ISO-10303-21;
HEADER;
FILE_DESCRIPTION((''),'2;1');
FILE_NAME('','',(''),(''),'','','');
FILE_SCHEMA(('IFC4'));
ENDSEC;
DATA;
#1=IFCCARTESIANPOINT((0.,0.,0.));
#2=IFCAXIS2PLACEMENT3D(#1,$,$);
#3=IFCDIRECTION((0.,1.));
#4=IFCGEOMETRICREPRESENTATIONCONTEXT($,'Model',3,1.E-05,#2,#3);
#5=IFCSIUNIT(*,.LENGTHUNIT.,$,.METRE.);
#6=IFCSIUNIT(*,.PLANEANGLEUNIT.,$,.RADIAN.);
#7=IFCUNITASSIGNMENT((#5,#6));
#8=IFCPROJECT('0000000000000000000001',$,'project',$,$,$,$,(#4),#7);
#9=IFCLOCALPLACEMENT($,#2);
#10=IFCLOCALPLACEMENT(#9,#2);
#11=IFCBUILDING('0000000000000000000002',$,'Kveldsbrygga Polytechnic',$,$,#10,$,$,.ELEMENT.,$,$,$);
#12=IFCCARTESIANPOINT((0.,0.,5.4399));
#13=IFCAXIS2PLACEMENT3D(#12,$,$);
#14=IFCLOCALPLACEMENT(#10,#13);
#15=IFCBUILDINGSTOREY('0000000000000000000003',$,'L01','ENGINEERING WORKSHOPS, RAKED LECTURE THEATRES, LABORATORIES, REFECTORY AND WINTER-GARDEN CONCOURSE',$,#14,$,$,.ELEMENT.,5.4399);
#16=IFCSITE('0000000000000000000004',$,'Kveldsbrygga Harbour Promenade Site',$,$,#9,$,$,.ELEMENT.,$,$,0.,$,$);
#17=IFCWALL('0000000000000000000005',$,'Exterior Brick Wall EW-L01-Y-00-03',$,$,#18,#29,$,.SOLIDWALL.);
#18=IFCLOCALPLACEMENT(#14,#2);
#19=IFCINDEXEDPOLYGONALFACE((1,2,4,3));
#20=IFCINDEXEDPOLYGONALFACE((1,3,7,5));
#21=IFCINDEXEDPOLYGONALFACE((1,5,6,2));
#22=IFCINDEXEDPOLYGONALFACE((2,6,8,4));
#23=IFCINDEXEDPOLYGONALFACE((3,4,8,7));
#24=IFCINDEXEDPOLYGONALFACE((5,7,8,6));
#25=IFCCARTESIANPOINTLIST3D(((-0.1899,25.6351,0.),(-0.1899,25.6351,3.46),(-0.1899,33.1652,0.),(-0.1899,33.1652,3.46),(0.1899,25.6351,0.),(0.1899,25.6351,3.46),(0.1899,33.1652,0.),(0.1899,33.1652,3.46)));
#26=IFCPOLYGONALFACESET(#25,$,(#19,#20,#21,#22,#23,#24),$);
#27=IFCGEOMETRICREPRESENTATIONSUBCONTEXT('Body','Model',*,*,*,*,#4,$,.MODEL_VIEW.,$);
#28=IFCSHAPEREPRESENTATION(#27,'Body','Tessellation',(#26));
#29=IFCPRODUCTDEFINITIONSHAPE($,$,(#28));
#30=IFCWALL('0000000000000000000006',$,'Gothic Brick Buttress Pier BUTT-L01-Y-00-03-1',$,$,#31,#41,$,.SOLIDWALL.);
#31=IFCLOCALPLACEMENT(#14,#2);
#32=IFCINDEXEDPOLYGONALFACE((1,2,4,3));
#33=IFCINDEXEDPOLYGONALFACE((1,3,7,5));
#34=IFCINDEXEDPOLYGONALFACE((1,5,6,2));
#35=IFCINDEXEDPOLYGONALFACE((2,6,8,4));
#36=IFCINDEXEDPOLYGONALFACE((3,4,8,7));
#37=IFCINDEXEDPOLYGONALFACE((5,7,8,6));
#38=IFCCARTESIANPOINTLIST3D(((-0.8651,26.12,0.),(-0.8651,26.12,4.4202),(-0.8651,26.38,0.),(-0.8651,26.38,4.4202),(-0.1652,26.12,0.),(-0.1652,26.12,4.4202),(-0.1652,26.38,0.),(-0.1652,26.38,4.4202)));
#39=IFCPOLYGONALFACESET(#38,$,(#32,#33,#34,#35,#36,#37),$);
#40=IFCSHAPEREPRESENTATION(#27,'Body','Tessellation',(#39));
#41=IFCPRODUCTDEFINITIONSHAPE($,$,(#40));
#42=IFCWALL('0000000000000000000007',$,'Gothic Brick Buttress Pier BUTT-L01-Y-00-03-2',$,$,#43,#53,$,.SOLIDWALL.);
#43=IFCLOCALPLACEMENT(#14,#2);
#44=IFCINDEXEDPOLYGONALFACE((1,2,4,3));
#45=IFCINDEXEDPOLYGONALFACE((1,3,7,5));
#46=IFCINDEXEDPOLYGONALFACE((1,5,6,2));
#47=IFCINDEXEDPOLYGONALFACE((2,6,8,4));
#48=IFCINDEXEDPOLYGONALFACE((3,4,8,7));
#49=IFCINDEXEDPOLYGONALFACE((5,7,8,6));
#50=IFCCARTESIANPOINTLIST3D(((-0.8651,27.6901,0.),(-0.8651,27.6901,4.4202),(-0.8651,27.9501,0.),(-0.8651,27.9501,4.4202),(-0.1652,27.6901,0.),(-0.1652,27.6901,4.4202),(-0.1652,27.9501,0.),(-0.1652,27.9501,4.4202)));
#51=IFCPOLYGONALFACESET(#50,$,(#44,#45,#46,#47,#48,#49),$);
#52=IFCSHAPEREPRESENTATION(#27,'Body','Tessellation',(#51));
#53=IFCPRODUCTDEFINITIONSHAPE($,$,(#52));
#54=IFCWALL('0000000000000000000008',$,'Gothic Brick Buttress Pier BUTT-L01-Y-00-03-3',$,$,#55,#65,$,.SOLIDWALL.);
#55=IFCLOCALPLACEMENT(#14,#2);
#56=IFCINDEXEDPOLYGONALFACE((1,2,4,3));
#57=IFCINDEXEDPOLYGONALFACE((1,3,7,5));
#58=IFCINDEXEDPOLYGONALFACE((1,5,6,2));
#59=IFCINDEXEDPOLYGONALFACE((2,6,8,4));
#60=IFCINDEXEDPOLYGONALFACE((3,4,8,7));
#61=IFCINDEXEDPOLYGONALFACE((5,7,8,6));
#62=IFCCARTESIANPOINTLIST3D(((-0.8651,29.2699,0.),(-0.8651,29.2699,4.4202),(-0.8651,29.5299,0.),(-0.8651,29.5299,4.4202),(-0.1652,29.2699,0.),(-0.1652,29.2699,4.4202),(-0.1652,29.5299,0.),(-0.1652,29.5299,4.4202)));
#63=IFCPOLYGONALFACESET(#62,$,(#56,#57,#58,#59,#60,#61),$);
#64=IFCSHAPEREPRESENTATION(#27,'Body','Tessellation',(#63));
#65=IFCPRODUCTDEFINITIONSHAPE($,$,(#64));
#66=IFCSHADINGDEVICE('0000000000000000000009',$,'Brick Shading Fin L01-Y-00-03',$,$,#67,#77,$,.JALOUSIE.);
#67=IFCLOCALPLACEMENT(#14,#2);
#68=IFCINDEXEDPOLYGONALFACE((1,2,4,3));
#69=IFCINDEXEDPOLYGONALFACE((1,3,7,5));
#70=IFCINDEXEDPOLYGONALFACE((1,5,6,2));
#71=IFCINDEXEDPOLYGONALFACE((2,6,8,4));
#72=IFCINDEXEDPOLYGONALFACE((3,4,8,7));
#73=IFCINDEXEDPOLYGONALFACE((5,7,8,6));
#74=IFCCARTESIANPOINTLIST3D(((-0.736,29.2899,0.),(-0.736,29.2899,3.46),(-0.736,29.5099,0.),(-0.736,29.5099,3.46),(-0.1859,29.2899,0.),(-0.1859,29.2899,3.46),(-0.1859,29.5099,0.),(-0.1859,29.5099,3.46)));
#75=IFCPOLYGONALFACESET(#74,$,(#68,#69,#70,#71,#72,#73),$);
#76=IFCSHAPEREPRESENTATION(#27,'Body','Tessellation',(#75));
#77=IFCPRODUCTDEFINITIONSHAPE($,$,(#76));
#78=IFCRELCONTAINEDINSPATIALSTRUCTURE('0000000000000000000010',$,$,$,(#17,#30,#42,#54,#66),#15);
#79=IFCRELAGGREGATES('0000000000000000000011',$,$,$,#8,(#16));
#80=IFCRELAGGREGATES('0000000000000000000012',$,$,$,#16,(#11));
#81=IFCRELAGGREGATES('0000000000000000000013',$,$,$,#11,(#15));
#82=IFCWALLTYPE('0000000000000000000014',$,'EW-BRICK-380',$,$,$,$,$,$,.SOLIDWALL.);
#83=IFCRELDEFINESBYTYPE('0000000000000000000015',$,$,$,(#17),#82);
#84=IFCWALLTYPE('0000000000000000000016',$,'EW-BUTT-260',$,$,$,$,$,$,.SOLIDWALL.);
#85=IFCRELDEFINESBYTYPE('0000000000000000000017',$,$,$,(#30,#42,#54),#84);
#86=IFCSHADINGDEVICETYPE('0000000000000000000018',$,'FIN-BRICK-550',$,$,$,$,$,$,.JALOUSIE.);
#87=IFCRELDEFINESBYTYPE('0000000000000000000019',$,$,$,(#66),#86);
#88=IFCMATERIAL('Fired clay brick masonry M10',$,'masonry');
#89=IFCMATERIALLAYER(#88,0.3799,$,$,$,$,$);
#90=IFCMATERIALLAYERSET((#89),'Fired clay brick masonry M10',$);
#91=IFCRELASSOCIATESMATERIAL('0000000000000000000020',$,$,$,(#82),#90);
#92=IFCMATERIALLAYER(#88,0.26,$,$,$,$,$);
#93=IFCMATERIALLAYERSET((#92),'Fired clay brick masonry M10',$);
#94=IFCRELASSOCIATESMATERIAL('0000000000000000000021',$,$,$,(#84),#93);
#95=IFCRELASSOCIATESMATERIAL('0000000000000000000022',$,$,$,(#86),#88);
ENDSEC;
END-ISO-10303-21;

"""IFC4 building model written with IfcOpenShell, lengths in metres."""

from ifc_helpers import new_model, si_unit, direction, frame, frame_2d, origin, origin_2d, place, context, subcontext, project, spatial, rectangle, extrude, material, layer, layer_set, type_object, element, save


model = new_model("IFC4")

# Units and contexts
model_context = context("Model", 3, precision=1e-05, world=origin(), true_north=direction((0.0, 1.0)))
body_context = subcontext(model_context, "Body", "Model", "MODEL_VIEW")
ifc_project = project(units=[si_unit("LENGTHUNIT", "METRE"), si_unit("PLANEANGLEUNIT", "RADIAN")], contexts=[model_context])

# Site, building, storey
site_placement = place(None, origin())
site = spatial("IfcSite", under=ifc_project, at=site_placement, Name="Kveldsbrygga Harbour Promenade Site", CompositionType="ELEMENT", RefElevation=0.0)
building_placement = place(site_placement, origin())
building = spatial("IfcBuilding", under=site, at=building_placement, Name="Kveldsbrygga Polytechnic", CompositionType="ELEMENT")
storey_placement = place(building_placement, frame((0.0, 0.0, 5.4399)))
storey = spatial("IfcBuildingStorey", under=building, at=storey_placement, Name="L01", Description="ENGINEERING WORKSHOPS, RAKED LECTURE THEATRES, LABORATORIES, REFECTORY AND WINTER-GARDEN CONCOURSE", CompositionType="ELEMENT", Elevation=5.4399)

# Walls
ifc_material_1 = material(Name="Fired clay brick masonry M10", Category="masonry")
ifc_layer_1 = layer(ifc_material_1, 0.3799)
ifc_layer_set_1 = layer_set([ifc_layer_1], Name="Fired clay brick masonry M10")
wall_type_1 = type_object("IfcWallType", Name="EW-BRICK-380", PredefinedType="SOLIDWALL", material=ifc_layer_set_1)
wall_placement = place(storey_placement, frame((0.0, 25.635, 0.0), z_axis=(0.0, 0.0, 1.0), x_axis=(0.0, 1.0, 0.0)))
element("IfcWall", 1, at=wall_placement, inside=storey, type_object=wall_type_1, Name="Exterior Brick Wall EW-L01-Y-00-03", PredefinedType="SOLIDWALL", context=body_context, shape_type="SweptSolid", body=[
    extrude(rectangle(XDim=7.53, YDim=0.3799, at=frame_2d((3.7651, 0.0))), origin(), (0.0, 0.0, 1.0), 3.46),
])
ifc_layer_2 = layer(ifc_material_1, 0.26)
ifc_layer_set_2 = layer_set([ifc_layer_2], Name="Fired clay brick masonry M10")
wall_type_2 = type_object("IfcWallType", Name="EW-BUTT-260", PredefinedType="SOLIDWALL", material=ifc_layer_set_2)
for number, where, z_axis, x_axis, name in (
    (2, (-0.165, 26.25, 0.0), (0.0, 0.0, 1.0), (-1.0, 0.0, 0.0), "Gothic Brick Buttress Pier BUTT-L01-Y-00-03-1"),
    (3, (-0.165, 27.8201, 0.0), (0.0, 0.0, 1.0), (-1.0, 0.0, 0.0), "Gothic Brick Buttress Pier BUTT-L01-Y-00-03-2"),
    (4, (-0.165, 29.3999, 0.0), (0.0, 0.0, 1.0), (-1.0, 0.0, 0.0), "Gothic Brick Buttress Pier BUTT-L01-Y-00-03-3"),
):
    element("IfcWall", number, at=place(storey_placement, frame(where, z_axis=z_axis, x_axis=x_axis)), inside=storey, type_object=wall_type_2, Name=name, PredefinedType="SOLIDWALL", context=body_context, shape_type="SweptSolid", body=[
        extrude(rectangle(XDim=0.7, YDim=0.26, at=frame_2d((0.3501, 0.0))), origin(), (0.0, 0.0, 1.0), 4.4202),
    ])

# Shading device
shading_device_type = type_object("IfcShadingDeviceType", Name="FIN-BRICK-550", PredefinedType="JALOUSIE", material=ifc_material_1)
shading_device_placement = place(storey_placement, frame((-0.4609, 29.3999, 0.0), z_axis=(0.0, 0.0, 1.0), x_axis=(0.0, 1.0, 0.0)))
element("IfcShadingDevice", 5, at=shading_device_placement, inside=storey, type_object=shading_device_type, Name="Brick Shading Fin L01-Y-00-03", PredefinedType="JALOUSIE", context=body_context, shape_type="SweptSolid", body=[
    extrude(rectangle(XDim=0.22, YDim=0.55, at=origin_2d()), origin(), (0.0, 0.0, 1.0), 3.46),
])

save(model, "model.ifc")
